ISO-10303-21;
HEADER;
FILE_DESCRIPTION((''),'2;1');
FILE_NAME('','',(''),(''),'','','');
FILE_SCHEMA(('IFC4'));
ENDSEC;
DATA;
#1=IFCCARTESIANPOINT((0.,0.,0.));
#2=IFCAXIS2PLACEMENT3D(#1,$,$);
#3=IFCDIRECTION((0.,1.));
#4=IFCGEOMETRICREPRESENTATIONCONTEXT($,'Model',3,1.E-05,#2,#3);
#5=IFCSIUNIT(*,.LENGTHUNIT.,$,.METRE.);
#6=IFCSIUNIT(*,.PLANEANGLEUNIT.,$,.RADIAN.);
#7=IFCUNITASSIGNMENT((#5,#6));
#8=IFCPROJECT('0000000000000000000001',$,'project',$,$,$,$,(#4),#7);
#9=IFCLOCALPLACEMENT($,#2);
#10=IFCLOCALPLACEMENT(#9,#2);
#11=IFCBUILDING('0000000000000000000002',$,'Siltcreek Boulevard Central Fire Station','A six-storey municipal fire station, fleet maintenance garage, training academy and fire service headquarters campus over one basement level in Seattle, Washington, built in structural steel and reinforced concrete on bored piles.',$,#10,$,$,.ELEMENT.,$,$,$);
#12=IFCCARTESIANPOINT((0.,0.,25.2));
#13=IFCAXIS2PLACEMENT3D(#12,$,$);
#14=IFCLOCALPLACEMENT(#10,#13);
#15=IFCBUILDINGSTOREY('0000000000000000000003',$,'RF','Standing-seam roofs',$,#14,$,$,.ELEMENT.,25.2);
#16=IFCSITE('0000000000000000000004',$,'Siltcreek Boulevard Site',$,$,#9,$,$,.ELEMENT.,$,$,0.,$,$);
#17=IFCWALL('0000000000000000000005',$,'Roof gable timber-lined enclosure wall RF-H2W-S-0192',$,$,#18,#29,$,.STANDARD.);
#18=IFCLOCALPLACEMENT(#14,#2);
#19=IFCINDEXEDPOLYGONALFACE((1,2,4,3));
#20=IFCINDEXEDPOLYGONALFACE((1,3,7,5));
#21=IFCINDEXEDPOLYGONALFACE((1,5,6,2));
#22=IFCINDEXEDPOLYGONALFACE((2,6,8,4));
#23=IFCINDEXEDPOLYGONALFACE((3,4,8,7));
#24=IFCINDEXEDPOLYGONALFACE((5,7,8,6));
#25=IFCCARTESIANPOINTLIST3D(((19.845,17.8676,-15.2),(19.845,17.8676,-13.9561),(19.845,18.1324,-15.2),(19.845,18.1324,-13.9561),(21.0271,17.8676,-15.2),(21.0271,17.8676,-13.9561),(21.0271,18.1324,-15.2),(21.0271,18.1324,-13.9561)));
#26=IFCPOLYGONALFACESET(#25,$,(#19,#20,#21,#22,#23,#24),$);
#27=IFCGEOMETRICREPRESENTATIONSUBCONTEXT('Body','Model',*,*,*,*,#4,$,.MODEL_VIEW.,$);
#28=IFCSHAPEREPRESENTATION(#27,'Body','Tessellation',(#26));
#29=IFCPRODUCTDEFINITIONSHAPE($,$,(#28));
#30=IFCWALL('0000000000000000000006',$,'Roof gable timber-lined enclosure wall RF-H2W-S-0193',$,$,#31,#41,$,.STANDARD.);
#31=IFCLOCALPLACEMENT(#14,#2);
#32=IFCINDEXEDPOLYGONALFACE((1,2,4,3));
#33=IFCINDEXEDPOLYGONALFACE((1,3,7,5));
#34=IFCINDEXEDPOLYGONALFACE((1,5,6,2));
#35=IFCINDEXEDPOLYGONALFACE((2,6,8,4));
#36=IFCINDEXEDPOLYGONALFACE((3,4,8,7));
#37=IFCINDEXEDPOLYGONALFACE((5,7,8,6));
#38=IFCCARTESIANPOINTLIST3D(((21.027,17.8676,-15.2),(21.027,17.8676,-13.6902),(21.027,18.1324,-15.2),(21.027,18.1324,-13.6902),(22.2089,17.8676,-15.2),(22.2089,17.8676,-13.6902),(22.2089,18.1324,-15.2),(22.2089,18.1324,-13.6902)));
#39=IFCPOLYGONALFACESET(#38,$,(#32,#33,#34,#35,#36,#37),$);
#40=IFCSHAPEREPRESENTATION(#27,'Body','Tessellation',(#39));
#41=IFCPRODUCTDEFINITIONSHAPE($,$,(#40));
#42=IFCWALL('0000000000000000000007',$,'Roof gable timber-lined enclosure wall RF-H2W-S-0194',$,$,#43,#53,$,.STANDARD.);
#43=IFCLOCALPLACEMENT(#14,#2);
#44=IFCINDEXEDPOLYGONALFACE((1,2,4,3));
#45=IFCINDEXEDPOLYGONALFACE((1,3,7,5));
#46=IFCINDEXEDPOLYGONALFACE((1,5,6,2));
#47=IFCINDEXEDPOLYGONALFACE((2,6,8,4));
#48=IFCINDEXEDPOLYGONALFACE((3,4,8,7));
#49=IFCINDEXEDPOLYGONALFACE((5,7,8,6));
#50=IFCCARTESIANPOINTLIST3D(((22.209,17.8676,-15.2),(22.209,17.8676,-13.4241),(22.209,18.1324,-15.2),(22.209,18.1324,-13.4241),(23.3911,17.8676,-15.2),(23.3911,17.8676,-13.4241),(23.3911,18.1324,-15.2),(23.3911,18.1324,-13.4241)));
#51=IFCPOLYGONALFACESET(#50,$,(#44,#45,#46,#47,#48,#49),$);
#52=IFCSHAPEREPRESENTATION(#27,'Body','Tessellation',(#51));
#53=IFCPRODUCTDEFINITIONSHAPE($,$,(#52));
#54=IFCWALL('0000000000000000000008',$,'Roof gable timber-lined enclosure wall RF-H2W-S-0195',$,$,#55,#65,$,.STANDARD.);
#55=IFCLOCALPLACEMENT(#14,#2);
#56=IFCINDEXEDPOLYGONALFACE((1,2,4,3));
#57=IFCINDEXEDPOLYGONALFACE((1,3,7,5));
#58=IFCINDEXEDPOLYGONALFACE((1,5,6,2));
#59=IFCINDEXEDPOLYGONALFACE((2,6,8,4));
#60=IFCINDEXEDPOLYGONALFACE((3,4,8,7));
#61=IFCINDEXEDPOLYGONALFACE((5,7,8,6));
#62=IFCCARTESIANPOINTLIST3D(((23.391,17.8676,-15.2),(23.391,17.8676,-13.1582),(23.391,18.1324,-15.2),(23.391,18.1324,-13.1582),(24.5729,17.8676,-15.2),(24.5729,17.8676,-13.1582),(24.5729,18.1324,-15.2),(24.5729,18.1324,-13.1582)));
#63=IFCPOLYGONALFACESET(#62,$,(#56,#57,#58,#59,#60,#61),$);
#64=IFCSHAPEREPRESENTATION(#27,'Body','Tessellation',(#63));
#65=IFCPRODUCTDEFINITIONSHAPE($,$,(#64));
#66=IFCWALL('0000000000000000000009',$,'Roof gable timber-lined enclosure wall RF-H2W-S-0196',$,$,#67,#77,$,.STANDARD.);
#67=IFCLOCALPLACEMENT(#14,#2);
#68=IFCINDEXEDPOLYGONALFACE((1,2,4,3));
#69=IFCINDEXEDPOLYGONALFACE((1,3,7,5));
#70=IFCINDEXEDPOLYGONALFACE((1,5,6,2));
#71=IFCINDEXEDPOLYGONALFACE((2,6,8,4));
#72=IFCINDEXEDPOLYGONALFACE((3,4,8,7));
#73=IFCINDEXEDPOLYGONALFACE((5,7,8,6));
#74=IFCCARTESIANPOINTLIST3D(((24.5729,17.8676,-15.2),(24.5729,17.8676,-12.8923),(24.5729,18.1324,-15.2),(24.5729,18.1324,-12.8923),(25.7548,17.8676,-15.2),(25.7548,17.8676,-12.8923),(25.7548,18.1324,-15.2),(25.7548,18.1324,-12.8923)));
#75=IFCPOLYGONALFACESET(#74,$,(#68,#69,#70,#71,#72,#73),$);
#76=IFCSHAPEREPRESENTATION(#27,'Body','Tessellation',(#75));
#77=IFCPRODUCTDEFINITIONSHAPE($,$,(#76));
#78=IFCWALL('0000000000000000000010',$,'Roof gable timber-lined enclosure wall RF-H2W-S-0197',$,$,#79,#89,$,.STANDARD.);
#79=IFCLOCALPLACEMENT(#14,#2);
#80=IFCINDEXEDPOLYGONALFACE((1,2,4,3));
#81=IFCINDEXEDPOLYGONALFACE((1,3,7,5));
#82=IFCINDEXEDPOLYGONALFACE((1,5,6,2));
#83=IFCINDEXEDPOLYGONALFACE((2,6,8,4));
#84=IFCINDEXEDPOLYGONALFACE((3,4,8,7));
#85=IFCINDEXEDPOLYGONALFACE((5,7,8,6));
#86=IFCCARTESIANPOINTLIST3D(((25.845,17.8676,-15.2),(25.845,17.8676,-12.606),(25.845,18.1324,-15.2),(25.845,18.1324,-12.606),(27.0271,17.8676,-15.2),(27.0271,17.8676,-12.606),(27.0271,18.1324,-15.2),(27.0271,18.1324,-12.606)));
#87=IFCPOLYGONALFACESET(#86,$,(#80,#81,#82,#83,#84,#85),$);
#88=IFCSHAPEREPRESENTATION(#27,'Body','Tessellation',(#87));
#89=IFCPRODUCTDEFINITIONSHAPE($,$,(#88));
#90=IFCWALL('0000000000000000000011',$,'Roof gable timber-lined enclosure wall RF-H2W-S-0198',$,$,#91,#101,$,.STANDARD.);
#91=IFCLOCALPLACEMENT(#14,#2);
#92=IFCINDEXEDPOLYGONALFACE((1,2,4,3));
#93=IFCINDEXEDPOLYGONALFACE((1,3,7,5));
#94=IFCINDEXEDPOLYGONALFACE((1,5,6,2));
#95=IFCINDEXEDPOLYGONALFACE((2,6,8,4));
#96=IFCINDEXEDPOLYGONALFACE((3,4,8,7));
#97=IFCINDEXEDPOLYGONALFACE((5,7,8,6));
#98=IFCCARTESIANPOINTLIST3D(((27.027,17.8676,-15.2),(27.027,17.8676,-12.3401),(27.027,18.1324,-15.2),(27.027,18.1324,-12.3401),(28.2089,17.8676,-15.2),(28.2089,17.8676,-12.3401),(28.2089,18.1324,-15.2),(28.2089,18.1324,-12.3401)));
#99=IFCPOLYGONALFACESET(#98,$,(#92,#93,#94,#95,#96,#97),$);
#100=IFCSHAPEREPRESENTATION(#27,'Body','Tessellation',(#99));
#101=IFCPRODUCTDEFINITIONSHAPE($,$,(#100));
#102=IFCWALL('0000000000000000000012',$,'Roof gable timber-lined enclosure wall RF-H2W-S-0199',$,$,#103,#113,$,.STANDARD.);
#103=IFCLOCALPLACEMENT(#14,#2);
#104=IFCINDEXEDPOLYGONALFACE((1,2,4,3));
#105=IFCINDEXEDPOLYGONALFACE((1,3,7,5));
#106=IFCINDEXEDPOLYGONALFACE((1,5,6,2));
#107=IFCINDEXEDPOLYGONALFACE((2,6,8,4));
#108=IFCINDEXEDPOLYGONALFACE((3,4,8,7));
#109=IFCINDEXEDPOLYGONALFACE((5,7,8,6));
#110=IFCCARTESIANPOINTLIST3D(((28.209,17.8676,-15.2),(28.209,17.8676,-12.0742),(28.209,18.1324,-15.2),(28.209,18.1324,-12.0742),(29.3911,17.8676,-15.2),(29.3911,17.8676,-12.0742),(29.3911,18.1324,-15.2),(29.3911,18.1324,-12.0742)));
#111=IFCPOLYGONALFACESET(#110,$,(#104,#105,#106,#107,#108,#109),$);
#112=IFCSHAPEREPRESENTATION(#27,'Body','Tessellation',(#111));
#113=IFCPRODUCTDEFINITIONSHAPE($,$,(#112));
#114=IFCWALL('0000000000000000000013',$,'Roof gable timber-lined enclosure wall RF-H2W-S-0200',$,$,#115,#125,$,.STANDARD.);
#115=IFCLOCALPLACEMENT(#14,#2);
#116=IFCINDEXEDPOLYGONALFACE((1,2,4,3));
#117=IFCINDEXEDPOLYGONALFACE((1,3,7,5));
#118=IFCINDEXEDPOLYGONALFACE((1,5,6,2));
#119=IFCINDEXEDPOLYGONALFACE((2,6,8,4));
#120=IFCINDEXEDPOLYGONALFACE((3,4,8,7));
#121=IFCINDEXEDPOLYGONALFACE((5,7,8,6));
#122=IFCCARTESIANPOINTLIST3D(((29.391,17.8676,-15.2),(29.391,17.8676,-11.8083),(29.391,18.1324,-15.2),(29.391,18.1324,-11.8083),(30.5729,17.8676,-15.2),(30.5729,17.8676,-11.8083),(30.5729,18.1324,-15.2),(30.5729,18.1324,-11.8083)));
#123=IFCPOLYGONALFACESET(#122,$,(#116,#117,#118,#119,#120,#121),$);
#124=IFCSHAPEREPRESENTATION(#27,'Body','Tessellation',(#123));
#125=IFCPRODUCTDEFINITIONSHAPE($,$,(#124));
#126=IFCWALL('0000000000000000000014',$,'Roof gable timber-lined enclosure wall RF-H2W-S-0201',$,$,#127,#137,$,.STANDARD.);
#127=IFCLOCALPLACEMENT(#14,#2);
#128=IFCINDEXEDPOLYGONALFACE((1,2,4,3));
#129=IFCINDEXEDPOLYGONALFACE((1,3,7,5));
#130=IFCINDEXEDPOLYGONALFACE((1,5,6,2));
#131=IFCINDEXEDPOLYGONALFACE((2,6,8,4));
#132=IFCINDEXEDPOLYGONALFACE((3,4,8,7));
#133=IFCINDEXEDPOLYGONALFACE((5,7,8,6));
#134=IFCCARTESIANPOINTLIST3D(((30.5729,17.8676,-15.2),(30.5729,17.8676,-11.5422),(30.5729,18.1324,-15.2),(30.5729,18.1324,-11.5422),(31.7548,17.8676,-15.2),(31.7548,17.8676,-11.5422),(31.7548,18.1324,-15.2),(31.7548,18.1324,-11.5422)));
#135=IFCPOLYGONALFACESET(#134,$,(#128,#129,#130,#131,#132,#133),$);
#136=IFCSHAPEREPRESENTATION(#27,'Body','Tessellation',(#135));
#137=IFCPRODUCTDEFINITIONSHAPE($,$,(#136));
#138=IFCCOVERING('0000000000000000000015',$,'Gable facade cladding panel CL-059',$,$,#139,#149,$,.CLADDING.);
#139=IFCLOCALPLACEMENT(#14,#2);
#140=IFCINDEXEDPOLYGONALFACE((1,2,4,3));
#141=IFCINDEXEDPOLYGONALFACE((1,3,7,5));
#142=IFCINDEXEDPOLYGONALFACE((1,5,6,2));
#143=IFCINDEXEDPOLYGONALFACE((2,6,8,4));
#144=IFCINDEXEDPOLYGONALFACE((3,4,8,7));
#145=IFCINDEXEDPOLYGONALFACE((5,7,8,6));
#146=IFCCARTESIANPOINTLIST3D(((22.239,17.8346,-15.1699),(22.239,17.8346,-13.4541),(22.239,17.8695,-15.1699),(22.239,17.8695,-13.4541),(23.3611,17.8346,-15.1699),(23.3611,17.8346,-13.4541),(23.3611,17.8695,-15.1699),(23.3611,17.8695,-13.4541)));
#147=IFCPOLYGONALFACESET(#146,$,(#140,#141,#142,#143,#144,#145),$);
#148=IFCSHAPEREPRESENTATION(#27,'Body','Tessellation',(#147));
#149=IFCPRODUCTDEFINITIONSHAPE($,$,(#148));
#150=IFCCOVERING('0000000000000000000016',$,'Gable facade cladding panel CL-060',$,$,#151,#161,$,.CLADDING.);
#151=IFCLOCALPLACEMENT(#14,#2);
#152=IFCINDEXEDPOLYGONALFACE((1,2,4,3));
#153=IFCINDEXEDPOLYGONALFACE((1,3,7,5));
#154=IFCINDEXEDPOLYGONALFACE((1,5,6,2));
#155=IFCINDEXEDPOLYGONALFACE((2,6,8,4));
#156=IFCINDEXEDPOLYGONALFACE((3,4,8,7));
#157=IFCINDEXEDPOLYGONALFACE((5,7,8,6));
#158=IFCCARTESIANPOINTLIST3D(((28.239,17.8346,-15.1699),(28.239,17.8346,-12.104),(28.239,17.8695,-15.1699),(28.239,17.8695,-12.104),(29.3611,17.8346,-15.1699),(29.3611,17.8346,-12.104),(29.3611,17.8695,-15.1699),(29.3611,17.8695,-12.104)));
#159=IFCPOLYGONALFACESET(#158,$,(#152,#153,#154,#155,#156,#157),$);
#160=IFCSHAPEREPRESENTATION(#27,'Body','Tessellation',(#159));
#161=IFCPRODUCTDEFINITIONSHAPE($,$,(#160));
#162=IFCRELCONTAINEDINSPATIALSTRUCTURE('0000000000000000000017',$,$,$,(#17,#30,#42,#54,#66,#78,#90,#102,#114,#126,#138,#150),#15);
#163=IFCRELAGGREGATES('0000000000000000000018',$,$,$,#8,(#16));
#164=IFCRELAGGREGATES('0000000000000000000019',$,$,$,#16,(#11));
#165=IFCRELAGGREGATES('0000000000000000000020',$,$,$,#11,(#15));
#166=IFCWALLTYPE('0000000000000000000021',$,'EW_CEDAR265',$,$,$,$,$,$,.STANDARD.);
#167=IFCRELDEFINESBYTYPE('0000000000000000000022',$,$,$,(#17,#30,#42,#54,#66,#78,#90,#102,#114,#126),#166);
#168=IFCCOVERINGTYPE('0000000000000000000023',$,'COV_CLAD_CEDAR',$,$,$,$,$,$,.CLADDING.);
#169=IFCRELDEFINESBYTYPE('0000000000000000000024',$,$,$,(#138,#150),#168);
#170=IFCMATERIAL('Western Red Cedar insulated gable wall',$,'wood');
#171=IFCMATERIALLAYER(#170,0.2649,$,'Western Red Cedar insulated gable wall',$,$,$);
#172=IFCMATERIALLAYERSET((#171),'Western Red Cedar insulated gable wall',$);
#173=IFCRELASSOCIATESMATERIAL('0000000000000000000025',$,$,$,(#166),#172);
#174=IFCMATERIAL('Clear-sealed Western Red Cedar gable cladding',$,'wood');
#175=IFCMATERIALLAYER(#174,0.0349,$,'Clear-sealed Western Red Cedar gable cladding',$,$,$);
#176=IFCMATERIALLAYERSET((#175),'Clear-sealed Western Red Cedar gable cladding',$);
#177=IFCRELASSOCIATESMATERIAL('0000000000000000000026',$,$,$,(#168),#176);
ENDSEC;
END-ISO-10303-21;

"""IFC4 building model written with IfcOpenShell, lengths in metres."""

from ifc_helpers import new_model, si_unit, direction, frame, frame_2d, origin, origin_2d, place, context, subcontext, project, spatial, rectangle, extrude, material, layer, layer_set, type_object, element, save


model = new_model("IFC4")

# Units and contexts
model_context = context("Model", 3, precision=1e-05, world=origin(), true_north=direction((0.0, 1.0)))
body_context = subcontext(model_context, "Body", "Model", "MODEL_VIEW")
ifc_project = project(units=[si_unit("LENGTHUNIT", "METRE"), si_unit("PLANEANGLEUNIT", "RADIAN")], contexts=[model_context])

# Site, building, storey
site_placement = place(None, origin())
site = spatial("IfcSite", under=ifc_project, at=site_placement, Name="Siltcreek Boulevard Site", CompositionType="ELEMENT", RefElevation=0.0)
building_placement = place(site_placement, origin())
building = spatial("IfcBuilding", under=site, at=building_placement, Name="Siltcreek Boulevard Central Fire Station", Description="A six-storey municipal fire station, fleet maintenance garage, training academy and fire service headquarters campus over one basement level in Seattle, Washington, built in structural steel and reinforced concrete on bored piles.", CompositionType="ELEMENT")
storey_placement = place(building_placement, frame((0.0, 0.0, 25.2)))
storey = spatial("IfcBuildingStorey", under=building, at=storey_placement, Name="RF", Description="Standing-seam roofs", CompositionType="ELEMENT", Elevation=25.2)

# Walls
ifc_material_1 = material(Name="Western Red Cedar insulated gable wall", Category="wood")
ifc_layer_1 = layer(ifc_material_1, 0.2649, Name="Western Red Cedar insulated gable wall")
ifc_layer_set_1 = layer_set([ifc_layer_1], Name="Western Red Cedar insulated gable wall")
wall_type = type_object("IfcWallType", Name="EW_CEDAR265", PredefinedType="STANDARD", material=ifc_layer_set_1)
wall_1_placement = place(storey_placement, frame((19.845, 18.0, -15.2), z_axis=(0.0, 0.0, 1.0), x_axis=(1.0, 0.0, 0.0)))
element("IfcWall", 1, at=wall_1_placement, inside=storey, type_object=wall_type, Name="Roof gable timber-lined enclosure wall RF-H2W-S-0192", PredefinedType="STANDARD", context=body_context, shape_type="SweptSolid", body=[
    extrude(rectangle(XDim=1.1821, YDim=0.2649, at=frame_2d((0.5911, 0.0))), origin(), (0.0, 0.0, 1.0), 1.2439),
])
wall_2_placement = place(storey_placement, frame((21.0271, 18.0, -15.2), z_axis=(0.0, 0.0, 1.0), x_axis=(1.0, 0.0, 0.0)))
element("IfcWall", 2, at=wall_2_placement, inside=storey, type_object=wall_type, Name="Roof gable timber-lined enclosure wall RF-H2W-S-0193", PredefinedType="STANDARD", context=body_context, shape_type="SweptSolid", body=[
    extrude(rectangle(XDim=1.1819, YDim=0.2649, at=frame_2d((0.5908, 0.0))), origin(), (0.0, 0.0, 1.0), 1.5098),
])
wall_3_placement = place(storey_placement, frame((22.209, 18.0, -15.2), z_axis=(0.0, 0.0, 1.0), x_axis=(1.0, 0.0, 0.0)))
element("IfcWall", 3, at=wall_3_placement, inside=storey, type_object=wall_type, Name="Roof gable timber-lined enclosure wall RF-H2W-S-0194", PredefinedType="STANDARD", context=body_context, shape_type="SweptSolid", body=[
    extrude(rectangle(XDim=1.1821, YDim=0.2649, at=frame_2d((0.5911, 0.0))), origin(), (0.0, 0.0, 1.0), 1.7759),
])
wall_4_placement = place(storey_placement, frame((23.3911, 18.0, -15.2), z_axis=(0.0, 0.0, 1.0), x_axis=(1.0, 0.0, 0.0)))
element("IfcWall", 4, at=wall_4_placement, inside=storey, type_object=wall_type, Name="Roof gable timber-lined enclosure wall RF-H2W-S-0195", PredefinedType="STANDARD", context=body_context, shape_type="SweptSolid", body=[
    extrude(rectangle(XDim=1.1819, YDim=0.2649, at=frame_2d((0.5908, 0.0))), origin(), (0.0, 0.0, 1.0), 2.0417),
])
wall_5_placement = place(storey_placement, frame((24.573, 18.0, -15.2), z_axis=(0.0, 0.0, 1.0), x_axis=(1.0, 0.0, 0.0)))
element("IfcWall", 5, at=wall_5_placement, inside=storey, type_object=wall_type, Name="Roof gable timber-lined enclosure wall RF-H2W-S-0196", PredefinedType="STANDARD", context=body_context, shape_type="SweptSolid", body=[
    extrude(rectangle(XDim=1.1819, YDim=0.2649, at=frame_2d((0.5908, 0.0))), origin(), (0.0, 0.0, 1.0), 2.3076),
])
wall_6_placement = place(storey_placement, frame((25.845, 18.0, -15.2), z_axis=(0.0, 0.0, 1.0), x_axis=(1.0, 0.0, 0.0)))
element("IfcWall", 6, at=wall_6_placement, inside=storey, type_object=wall_type, Name="Roof gable timber-lined enclosure wall RF-H2W-S-0197", PredefinedType="STANDARD", context=body_context, shape_type="SweptSolid", body=[
    extrude(rectangle(XDim=1.1821, YDim=0.2649, at=frame_2d((0.5911, 0.0))), origin(), (0.0, 0.0, 1.0), 2.594),
])
wall_7_placement = place(storey_placement, frame((27.0271, 18.0, -15.2), z_axis=(0.0, 0.0, 1.0), x_axis=(1.0, 0.0, 0.0)))
element("IfcWall", 7, at=wall_7_placement, inside=storey, type_object=wall_type, Name="Roof gable timber-lined enclosure wall RF-H2W-S-0198", PredefinedType="STANDARD", context=body_context, shape_type="SweptSolid", body=[
    extrude(rectangle(XDim=1.1819, YDim=0.2649, at=frame_2d((0.5908, 0.0))), origin(), (0.0, 0.0, 1.0), 2.8599),
])
wall_8_placement = place(storey_placement, frame((28.209, 18.0, -15.2), z_axis=(0.0, 0.0, 1.0), x_axis=(1.0, 0.0, 0.0)))
element("IfcWall", 8, at=wall_8_placement, inside=storey, type_object=wall_type, Name="Roof gable timber-lined enclosure wall RF-H2W-S-0199", PredefinedType="STANDARD", context=body_context, shape_type="SweptSolid", body=[
    extrude(rectangle(XDim=1.1821, YDim=0.2649, at=frame_2d((0.5911, 0.0))), origin(), (0.0, 0.0, 1.0), 3.1257),
])
wall_9_placement = place(storey_placement, frame((29.3911, 18.0, -15.2), z_axis=(0.0, 0.0, 1.0), x_axis=(1.0, 0.0, 0.0)))
element("IfcWall", 9, at=wall_9_placement, inside=storey, type_object=wall_type, Name="Roof gable timber-lined enclosure wall RF-H2W-S-0200", PredefinedType="STANDARD", context=body_context, shape_type="SweptSolid", body=[
    extrude(rectangle(XDim=1.1819, YDim=0.2649, at=frame_2d((0.5908, 0.0))), origin(), (0.0, 0.0, 1.0), 3.3916),
])
wall_10_placement = place(storey_placement, frame((30.573, 18.0, -15.2), z_axis=(0.0, 0.0, 1.0), x_axis=(1.0, 0.0, 0.0)))
element("IfcWall", 10, at=wall_10_placement, inside=storey, type_object=wall_type, Name="Roof gable timber-lined enclosure wall RF-H2W-S-0201", PredefinedType="STANDARD", context=body_context, shape_type="SweptSolid", body=[
    extrude(rectangle(XDim=1.1819, YDim=0.2649, at=frame_2d((0.5908, 0.0))), origin(), (0.0, 0.0, 1.0), 3.6577),
])

# Coverings
ifc_material_2 = material(Name="Clear-sealed Western Red Cedar gable cladding", Category="wood")
ifc_layer_2 = layer(ifc_material_2, 0.0349, Name="Clear-sealed Western Red Cedar gable cladding")
ifc_layer_set_2 = layer_set([ifc_layer_2], Name="Clear-sealed Western Red Cedar gable cladding")
covering_type = type_object("IfcCoveringType", Name="COV_CLAD_CEDAR", PredefinedType="CLADDING", material=ifc_layer_set_2)
covering_1_placement = place(storey_placement, frame((22.8, 17.8521, -15.1699), z_axis=(0.0, 0.0, 1.0), x_axis=(1.0, 0.0, 0.0)))
element("IfcCovering", 11, at=covering_1_placement, inside=storey, type_object=covering_type, Name="Gable facade cladding panel CL-059", PredefinedType="CLADDING", context=body_context, shape_type="SweptSolid", body=[
    extrude(rectangle(XDim=1.1221, YDim=0.0349, at=origin_2d()), origin(), (0.0, 0.0, 1.0), 1.7158),
])
covering_2_placement = place(storey_placement, frame((28.8, 17.8521, -15.1699), z_axis=(0.0, 0.0, 1.0), x_axis=(1.0, 0.0, 0.0)))
element("IfcCovering", 12, at=covering_2_placement, inside=storey, type_object=covering_type, Name="Gable facade cladding panel CL-060", PredefinedType="CLADDING", context=body_context, shape_type="SweptSolid", body=[
    extrude(rectangle(XDim=1.1221, YDim=0.0349, at=origin_2d()), origin(), (0.0, 0.0, 1.0), 3.0659),
])

save(model, "model.ifc")
